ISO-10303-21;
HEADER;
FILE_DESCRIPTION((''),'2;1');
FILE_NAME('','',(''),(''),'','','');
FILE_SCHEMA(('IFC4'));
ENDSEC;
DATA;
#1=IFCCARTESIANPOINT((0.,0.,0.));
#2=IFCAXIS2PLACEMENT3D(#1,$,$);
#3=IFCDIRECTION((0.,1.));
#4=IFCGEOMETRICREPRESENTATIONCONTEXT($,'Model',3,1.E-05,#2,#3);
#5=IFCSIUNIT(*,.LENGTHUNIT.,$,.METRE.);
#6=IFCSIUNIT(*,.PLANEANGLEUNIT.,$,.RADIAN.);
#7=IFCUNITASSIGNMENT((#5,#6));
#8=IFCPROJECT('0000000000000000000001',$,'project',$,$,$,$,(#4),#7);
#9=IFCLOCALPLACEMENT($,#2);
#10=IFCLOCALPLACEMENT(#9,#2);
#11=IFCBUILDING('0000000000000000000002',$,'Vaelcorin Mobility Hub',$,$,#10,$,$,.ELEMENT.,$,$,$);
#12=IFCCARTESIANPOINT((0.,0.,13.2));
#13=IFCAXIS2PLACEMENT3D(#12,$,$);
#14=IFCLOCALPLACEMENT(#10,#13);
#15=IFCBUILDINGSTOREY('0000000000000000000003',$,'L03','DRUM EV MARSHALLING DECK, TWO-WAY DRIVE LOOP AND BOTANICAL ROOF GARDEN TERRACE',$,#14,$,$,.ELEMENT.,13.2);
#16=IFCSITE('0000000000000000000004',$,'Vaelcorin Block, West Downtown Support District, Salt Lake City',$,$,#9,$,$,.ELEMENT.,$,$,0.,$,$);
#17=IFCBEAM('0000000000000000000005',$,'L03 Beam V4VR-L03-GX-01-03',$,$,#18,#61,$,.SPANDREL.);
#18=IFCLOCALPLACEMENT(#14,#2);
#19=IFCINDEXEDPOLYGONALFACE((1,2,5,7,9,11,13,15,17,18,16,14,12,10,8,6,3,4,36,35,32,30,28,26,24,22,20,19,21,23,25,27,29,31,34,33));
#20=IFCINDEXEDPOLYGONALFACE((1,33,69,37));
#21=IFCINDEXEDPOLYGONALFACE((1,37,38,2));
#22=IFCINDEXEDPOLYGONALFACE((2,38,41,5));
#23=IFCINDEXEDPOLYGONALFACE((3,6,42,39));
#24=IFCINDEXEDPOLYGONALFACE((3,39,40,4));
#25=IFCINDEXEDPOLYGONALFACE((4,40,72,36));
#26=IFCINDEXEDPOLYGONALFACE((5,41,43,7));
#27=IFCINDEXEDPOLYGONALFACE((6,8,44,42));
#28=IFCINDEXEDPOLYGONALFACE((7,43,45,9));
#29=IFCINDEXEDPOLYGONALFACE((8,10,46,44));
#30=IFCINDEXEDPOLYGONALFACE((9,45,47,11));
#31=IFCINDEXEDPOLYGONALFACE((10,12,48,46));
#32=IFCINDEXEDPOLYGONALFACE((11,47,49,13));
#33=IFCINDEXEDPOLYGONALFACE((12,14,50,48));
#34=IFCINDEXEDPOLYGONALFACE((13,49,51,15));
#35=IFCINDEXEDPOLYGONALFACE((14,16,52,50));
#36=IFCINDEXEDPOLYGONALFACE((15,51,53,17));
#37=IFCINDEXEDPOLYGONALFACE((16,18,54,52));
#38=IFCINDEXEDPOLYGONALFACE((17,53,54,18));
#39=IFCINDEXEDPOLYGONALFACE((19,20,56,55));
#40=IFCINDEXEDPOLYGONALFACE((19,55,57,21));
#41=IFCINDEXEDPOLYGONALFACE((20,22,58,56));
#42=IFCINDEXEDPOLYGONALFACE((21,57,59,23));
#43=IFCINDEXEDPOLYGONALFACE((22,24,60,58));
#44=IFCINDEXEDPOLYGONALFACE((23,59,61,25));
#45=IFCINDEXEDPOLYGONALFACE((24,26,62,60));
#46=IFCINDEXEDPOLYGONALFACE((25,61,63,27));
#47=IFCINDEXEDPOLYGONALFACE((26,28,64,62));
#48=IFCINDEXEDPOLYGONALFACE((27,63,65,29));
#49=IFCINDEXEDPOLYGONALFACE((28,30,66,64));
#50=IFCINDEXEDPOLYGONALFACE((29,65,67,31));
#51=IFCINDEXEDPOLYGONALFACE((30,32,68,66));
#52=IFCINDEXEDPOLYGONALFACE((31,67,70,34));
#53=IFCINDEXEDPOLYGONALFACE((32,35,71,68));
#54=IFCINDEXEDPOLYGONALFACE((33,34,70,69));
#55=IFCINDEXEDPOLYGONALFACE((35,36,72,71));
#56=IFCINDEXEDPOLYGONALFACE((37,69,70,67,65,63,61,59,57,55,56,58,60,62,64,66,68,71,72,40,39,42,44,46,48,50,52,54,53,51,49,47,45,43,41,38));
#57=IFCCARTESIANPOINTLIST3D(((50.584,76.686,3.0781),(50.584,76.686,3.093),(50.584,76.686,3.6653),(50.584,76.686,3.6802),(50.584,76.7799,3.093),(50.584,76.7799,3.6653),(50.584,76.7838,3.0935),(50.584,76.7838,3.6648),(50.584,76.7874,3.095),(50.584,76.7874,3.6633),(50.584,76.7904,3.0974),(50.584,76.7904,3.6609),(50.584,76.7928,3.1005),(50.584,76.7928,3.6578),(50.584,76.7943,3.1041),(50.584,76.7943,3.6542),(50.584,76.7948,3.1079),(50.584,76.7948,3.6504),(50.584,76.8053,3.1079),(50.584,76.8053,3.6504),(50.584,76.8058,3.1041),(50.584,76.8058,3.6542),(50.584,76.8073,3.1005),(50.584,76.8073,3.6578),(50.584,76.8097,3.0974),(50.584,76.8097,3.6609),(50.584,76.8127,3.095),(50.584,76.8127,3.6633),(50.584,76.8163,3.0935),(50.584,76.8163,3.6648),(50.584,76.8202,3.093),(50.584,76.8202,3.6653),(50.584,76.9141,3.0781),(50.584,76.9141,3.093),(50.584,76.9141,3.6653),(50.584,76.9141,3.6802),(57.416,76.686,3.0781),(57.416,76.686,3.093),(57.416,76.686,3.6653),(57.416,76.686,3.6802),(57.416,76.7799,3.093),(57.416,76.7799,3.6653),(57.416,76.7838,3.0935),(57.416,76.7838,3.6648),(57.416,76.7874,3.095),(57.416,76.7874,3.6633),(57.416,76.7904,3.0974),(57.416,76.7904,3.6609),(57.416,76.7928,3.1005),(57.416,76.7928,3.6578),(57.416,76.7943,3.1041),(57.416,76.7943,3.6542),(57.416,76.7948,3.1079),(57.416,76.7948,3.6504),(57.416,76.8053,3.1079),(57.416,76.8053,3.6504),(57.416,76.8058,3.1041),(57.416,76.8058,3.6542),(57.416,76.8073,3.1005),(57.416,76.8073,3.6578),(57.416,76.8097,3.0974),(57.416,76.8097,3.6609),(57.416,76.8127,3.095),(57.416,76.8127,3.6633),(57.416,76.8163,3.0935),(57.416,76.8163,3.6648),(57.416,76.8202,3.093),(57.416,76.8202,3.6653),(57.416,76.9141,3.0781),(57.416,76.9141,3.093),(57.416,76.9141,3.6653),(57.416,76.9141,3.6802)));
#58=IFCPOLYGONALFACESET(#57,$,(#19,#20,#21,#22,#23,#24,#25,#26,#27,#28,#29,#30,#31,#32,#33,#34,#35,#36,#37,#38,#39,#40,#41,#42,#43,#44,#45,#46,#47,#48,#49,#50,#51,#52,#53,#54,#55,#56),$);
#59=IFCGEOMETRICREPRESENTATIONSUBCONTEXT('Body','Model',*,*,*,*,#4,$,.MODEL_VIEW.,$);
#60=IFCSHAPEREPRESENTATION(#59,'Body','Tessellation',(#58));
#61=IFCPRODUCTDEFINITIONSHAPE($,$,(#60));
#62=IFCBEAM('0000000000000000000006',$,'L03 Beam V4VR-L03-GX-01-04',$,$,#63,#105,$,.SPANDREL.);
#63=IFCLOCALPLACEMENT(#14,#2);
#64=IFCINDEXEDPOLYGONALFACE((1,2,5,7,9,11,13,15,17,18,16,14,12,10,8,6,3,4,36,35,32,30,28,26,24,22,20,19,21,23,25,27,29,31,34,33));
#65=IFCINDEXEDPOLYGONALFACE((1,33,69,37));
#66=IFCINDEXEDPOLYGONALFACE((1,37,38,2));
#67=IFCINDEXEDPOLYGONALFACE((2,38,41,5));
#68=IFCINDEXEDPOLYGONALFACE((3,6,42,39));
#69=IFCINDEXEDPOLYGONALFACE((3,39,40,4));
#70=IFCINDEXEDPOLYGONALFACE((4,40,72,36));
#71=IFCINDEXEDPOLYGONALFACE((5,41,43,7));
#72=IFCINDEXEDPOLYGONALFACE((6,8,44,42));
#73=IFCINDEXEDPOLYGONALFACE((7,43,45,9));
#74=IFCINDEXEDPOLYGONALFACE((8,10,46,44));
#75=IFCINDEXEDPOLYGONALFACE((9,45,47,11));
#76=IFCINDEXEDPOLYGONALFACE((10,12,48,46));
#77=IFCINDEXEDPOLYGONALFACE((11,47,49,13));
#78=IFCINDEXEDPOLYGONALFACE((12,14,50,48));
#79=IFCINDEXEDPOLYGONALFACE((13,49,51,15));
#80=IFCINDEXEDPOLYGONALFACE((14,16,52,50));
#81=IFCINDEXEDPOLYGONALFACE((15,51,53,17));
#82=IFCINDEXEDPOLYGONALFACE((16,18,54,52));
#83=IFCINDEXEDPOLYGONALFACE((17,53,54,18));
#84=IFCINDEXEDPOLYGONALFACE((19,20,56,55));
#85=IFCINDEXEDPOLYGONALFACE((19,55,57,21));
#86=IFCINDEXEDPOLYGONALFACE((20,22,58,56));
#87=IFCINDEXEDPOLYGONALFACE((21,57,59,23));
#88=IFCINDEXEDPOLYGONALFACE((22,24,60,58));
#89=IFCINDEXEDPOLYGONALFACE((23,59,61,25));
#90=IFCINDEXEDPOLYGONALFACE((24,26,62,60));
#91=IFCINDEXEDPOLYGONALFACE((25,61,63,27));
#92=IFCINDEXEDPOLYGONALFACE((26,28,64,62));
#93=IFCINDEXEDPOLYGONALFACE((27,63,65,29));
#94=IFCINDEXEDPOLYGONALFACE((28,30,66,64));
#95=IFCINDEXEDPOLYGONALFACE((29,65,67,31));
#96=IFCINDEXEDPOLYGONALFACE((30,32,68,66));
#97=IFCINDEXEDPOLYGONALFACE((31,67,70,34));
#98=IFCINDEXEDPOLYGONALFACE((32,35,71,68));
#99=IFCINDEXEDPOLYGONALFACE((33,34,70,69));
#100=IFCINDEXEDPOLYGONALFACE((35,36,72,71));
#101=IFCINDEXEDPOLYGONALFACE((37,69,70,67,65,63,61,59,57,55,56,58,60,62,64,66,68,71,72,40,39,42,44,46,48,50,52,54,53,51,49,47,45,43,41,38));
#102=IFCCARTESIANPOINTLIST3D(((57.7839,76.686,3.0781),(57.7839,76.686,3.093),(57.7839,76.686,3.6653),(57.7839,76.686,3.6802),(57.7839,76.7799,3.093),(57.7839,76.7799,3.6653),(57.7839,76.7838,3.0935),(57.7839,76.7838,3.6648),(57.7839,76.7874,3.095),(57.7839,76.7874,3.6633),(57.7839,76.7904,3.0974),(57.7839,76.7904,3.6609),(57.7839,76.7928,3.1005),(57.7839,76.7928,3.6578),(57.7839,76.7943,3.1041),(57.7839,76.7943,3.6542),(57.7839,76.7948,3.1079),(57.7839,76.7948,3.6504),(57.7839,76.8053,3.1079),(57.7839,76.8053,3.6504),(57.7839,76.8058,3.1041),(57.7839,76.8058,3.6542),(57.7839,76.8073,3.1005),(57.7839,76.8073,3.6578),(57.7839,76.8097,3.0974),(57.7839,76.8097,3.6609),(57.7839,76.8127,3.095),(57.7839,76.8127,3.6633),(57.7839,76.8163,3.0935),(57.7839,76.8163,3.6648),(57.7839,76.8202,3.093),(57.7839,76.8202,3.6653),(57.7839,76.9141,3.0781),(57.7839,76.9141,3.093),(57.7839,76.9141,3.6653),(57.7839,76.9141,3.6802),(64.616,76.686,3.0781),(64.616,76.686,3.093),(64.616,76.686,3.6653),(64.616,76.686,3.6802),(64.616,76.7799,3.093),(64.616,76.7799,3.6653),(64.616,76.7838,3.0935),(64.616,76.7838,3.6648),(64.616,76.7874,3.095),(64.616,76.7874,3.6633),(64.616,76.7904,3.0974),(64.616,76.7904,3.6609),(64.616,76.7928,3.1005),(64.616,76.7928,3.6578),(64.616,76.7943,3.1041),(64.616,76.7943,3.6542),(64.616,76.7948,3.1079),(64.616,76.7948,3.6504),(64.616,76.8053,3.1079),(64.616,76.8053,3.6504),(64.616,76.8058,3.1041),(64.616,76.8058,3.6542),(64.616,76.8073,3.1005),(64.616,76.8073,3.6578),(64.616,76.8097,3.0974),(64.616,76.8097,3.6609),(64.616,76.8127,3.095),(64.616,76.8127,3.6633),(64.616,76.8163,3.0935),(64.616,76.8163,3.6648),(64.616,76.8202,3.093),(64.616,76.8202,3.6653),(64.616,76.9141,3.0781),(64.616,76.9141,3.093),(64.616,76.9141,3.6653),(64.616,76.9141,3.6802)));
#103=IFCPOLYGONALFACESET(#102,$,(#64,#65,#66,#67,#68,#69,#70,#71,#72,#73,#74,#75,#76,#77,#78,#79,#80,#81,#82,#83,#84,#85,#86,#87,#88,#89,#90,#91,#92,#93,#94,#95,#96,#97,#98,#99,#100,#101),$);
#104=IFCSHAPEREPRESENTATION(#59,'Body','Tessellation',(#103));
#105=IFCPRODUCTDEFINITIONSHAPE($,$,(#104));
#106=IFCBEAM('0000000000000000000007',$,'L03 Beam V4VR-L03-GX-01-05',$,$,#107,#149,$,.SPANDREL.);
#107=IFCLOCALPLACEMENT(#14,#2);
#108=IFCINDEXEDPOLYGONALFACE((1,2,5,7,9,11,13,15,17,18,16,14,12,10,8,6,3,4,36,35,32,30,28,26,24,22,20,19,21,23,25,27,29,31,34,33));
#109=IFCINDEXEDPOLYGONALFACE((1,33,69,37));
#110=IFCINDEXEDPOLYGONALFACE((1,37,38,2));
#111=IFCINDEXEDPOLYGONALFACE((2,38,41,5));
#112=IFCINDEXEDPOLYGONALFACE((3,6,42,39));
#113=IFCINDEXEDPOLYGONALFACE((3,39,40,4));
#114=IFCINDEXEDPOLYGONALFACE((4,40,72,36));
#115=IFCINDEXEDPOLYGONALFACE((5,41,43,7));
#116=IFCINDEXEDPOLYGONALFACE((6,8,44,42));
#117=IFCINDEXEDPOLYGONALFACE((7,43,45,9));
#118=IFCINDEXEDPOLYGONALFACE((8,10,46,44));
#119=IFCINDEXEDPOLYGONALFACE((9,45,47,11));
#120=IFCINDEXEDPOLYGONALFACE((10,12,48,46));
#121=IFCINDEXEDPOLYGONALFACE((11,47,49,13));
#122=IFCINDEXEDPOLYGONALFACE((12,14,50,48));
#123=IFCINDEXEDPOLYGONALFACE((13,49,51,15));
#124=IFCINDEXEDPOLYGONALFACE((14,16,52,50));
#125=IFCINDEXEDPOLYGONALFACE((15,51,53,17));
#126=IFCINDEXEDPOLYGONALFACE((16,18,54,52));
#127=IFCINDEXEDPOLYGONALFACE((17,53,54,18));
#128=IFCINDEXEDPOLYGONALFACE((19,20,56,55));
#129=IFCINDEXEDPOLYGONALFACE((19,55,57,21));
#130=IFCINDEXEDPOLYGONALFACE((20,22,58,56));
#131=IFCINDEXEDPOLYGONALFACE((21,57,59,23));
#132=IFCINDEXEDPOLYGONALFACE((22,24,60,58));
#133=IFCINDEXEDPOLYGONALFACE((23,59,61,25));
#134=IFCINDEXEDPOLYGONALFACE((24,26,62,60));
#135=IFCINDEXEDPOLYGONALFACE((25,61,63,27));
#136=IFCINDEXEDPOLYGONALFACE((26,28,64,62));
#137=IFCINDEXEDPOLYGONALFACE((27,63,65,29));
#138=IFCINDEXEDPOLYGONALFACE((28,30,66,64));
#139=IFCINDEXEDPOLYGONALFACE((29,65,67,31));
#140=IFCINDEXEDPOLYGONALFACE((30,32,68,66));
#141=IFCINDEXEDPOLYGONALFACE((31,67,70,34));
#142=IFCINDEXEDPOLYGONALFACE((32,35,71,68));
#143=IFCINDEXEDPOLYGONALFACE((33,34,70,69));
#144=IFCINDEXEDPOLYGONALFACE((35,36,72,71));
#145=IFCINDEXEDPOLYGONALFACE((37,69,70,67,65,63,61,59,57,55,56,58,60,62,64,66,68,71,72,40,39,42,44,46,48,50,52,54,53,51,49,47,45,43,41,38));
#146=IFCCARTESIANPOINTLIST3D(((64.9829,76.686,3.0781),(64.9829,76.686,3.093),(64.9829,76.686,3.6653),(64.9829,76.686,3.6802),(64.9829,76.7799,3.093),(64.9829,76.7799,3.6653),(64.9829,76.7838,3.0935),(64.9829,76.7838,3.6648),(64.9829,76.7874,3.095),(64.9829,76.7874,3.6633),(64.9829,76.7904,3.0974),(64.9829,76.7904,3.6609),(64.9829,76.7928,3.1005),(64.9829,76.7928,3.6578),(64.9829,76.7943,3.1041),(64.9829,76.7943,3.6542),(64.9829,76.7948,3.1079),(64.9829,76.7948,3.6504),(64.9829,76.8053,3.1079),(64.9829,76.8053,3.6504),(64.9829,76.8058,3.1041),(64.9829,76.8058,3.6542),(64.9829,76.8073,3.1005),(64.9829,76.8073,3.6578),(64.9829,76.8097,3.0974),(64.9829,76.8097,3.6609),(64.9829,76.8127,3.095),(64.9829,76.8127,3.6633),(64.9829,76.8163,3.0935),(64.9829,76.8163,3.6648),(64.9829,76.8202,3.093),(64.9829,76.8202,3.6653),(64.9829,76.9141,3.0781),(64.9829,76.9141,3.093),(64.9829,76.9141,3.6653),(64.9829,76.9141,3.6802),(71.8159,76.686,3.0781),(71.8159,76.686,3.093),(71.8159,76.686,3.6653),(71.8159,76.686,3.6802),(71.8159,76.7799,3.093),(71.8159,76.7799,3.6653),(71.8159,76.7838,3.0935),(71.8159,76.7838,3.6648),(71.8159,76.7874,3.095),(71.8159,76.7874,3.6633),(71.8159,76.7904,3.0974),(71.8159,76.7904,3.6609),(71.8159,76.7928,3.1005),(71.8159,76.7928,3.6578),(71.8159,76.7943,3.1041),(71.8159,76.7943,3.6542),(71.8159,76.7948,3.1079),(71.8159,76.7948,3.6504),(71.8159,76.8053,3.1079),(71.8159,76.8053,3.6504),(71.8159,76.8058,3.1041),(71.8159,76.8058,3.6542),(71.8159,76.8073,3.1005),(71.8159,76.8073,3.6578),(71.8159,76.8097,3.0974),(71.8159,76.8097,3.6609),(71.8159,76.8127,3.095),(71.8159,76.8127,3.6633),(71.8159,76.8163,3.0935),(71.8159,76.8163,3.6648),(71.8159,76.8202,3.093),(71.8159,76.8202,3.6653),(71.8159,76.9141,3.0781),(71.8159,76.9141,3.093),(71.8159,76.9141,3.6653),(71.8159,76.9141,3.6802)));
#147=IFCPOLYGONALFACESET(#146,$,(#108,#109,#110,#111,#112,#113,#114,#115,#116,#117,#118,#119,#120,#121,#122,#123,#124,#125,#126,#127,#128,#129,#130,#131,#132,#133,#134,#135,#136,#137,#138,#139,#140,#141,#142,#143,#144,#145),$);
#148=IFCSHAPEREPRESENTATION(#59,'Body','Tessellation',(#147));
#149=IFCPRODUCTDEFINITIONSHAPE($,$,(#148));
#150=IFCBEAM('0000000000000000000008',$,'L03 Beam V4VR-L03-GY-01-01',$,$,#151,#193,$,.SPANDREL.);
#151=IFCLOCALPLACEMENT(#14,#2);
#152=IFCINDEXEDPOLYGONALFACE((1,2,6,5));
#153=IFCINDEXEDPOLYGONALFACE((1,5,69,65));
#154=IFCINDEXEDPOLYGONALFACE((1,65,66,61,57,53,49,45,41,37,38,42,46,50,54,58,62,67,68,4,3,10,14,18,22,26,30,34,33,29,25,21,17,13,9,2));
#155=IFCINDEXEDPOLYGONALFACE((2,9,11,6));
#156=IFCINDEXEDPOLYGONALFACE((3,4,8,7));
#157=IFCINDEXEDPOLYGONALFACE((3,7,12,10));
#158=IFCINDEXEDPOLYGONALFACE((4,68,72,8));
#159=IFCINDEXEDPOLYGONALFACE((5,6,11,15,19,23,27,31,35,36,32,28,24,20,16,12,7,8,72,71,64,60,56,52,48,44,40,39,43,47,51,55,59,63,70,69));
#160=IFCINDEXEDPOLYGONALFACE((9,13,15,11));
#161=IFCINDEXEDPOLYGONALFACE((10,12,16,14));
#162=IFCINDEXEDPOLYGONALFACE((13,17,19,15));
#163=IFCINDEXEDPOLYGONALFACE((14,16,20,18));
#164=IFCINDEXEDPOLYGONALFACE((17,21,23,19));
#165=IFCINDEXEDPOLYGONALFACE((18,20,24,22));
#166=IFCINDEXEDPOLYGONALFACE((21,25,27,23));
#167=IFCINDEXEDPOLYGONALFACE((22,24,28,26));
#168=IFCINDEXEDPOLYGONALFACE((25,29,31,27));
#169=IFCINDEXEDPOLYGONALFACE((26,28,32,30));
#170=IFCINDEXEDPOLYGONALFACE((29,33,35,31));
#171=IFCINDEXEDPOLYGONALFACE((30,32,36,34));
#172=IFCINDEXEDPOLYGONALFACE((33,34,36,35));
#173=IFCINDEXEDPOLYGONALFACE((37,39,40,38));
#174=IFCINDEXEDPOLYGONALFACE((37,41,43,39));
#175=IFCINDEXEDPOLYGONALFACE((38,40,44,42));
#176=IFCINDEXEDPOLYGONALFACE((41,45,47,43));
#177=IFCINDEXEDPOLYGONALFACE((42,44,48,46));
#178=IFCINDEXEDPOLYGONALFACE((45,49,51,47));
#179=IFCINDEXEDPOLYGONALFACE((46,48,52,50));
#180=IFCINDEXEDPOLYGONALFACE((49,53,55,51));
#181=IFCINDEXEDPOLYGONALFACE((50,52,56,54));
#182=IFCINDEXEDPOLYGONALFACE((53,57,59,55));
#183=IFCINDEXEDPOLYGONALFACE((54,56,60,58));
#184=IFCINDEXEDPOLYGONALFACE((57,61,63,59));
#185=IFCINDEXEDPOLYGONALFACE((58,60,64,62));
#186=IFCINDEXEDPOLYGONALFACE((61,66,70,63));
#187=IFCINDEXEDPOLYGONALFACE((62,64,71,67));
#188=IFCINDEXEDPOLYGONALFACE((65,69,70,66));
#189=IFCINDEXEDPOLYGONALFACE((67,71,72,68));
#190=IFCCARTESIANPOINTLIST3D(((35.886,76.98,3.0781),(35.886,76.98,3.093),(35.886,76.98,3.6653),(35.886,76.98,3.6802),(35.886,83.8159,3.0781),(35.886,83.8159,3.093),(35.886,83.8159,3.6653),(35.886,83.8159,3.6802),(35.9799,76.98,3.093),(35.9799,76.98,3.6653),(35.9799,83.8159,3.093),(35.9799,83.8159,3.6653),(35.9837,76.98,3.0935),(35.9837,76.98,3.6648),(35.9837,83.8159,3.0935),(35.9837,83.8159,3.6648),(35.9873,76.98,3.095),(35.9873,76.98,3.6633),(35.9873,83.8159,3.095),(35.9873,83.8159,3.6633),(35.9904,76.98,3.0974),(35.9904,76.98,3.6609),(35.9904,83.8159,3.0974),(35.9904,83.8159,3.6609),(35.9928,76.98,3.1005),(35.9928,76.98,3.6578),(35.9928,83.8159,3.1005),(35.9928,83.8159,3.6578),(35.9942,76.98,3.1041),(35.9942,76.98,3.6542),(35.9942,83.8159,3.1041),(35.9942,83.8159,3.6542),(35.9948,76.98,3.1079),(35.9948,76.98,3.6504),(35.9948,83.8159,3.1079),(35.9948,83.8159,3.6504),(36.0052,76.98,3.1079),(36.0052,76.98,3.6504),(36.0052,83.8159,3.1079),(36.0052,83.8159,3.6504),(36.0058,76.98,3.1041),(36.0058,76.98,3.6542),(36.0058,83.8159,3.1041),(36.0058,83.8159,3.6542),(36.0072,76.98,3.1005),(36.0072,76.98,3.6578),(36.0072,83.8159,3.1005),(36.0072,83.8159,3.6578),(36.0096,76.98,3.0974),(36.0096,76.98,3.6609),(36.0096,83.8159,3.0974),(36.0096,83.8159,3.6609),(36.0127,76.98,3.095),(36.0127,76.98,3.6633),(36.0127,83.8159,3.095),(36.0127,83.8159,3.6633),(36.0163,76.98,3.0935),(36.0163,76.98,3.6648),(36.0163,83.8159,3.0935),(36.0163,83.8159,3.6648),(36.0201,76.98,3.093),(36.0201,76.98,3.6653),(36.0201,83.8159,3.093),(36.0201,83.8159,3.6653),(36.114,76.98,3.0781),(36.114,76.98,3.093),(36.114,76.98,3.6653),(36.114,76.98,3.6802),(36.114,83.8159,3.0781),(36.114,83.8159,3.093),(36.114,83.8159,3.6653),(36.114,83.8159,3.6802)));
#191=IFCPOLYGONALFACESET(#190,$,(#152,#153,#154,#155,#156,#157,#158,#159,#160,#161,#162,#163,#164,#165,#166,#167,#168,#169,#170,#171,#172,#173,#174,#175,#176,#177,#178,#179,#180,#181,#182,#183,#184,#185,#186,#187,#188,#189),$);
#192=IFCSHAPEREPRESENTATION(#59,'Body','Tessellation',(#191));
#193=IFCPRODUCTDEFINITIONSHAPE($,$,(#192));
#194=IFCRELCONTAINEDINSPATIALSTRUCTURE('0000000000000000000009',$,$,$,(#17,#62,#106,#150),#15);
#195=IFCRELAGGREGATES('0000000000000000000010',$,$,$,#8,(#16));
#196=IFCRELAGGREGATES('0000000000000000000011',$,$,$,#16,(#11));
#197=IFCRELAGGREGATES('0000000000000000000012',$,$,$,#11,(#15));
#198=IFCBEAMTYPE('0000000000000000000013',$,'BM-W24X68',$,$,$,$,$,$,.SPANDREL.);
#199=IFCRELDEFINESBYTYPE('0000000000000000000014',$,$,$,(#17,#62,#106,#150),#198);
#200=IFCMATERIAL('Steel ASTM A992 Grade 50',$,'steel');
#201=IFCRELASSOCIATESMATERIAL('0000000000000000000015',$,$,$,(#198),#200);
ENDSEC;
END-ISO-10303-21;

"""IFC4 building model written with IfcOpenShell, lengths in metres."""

from ifc_helpers import new_model, si_unit, direction, frame, origin, origin_2d, place, context, subcontext, project, spatial, i_section, extrude, material, material_profile, profile_set, type_object, element, save


model = new_model("IFC4")

# Units and contexts
model_context = context("Model", 3, precision=1e-05, world=origin(), true_north=direction((0.0, 1.0)))
body_context = subcontext(model_context, "Body", "Model", "MODEL_VIEW")
ifc_project = project(units=[si_unit("LENGTHUNIT", "METRE"), si_unit("PLANEANGLEUNIT", "RADIAN")], contexts=[model_context])

# Site, building, storey
site_placement = place(None, origin())
site = spatial("IfcSite", under=ifc_project, at=site_placement, Name="Vaelcorin Block, West Downtown Support District, Salt Lake City", CompositionType="ELEMENT", RefElevation=0.0)
building_placement = place(site_placement, origin())
building = spatial("IfcBuilding", under=site, at=building_placement, Name="Vaelcorin Mobility Hub", CompositionType="ELEMENT")
storey_placement = place(building_placement, frame((0.0, 0.0, 13.2)))
storey = spatial("IfcBuildingStorey", under=building, at=storey_placement, Name="L03", Description="DRUM EV MARSHALLING DECK, TWO-WAY DRIVE LOOP AND BOTANICAL ROOF GARDEN TERRACE", CompositionType="ELEMENT", Elevation=13.2)

# Shared definitions
ifc_material_1 = material(Name="Steel ASTM A992 Grade 50", Category="steel")

# Beams
ifc_material_profile_1 = material_profile(ifc_material_1, i_section(OverallWidth=0.228, OverallDepth=0.6021, WebThickness=0.0105, FlangeThickness=0.0149, FilletRadius=0.0149, at=origin_2d()), Name="W24X68")
ifc_profile_set_1 = profile_set([ifc_material_profile_1], Name="Steel ASTM A992 Grade 50")
beam_type_1 = type_object("IfcBeamType", Name="BM-W24X68", PredefinedType="SPANDREL", material=ifc_profile_set_1)
for number, where, z_axis, x_axis, name in (
    (1, (50.584, 76.8, 3.3792), (1.0, 0.0, 0.0), (0.0, 1.0, 0.0), "L03 Beam V4VR-L03-GX-01-03"),
    (2, (57.7839, 76.8, 3.3792), (1.0, 0.0, 0.0), (0.0, 1.0, 0.0), "L03 Beam V4VR-L03-GX-01-04"),
):
    element("IfcBeam", number, at=place(storey_placement, frame(where, z_axis=z_axis, x_axis=x_axis)), inside=storey, type_object=beam_type_1, Name=name, PredefinedType="SPANDREL", context=body_context, shape_type="SweptSolid", body=[
        extrude(i_section(OverallWidth=0.228, OverallDepth=0.6021, WebThickness=0.0105, FlangeThickness=0.0149, FilletRadius=0.0149, at=origin_2d()), origin(), (0.0, 0.0, 1.0), 6.832),
    ])
beam_1_placement = place(storey_placement, frame((64.9829, 76.8, 3.3792), z_axis=(1.0, 0.0, 0.0), x_axis=(0.0, 1.0, 0.0)))
element("IfcBeam", 3, at=beam_1_placement, inside=storey, type_object=beam_type_1, Name="L03 Beam V4VR-L03-GX-01-05", PredefinedType="SPANDREL", context=body_context, shape_type="SweptSolid", body=[
    extrude(i_section(OverallWidth=0.228, OverallDepth=0.6021, WebThickness=0.0105, FlangeThickness=0.0149, FilletRadius=0.0149, at=origin_2d()), origin(), (0.0, 0.0, 1.0), 6.833),
])
for number, where, z_axis, x_axis, name in (
    (4, (36.0, 76.98, 3.3792), (0.0, 1.0, 0.0), (-1.0, 0.0, 0.0), "L03 Beam V4VR-L03-GY-01-01"),
):
    element("IfcBeam", number, at=place(storey_placement, frame(where, z_axis=z_axis, x_axis=x_axis)), inside=storey, type_object=beam_type_1, Name=name, PredefinedType="SPANDREL", context=body_context, shape_type="SweptSolid", body=[
        extrude(i_section(OverallWidth=0.228, OverallDepth=0.6021, WebThickness=0.0105, FlangeThickness=0.0149, FilletRadius=0.0149, at=origin_2d()), origin(), (0.0, 0.0, 1.0), 6.8359),
    ])

save(model, "model.ifc")
